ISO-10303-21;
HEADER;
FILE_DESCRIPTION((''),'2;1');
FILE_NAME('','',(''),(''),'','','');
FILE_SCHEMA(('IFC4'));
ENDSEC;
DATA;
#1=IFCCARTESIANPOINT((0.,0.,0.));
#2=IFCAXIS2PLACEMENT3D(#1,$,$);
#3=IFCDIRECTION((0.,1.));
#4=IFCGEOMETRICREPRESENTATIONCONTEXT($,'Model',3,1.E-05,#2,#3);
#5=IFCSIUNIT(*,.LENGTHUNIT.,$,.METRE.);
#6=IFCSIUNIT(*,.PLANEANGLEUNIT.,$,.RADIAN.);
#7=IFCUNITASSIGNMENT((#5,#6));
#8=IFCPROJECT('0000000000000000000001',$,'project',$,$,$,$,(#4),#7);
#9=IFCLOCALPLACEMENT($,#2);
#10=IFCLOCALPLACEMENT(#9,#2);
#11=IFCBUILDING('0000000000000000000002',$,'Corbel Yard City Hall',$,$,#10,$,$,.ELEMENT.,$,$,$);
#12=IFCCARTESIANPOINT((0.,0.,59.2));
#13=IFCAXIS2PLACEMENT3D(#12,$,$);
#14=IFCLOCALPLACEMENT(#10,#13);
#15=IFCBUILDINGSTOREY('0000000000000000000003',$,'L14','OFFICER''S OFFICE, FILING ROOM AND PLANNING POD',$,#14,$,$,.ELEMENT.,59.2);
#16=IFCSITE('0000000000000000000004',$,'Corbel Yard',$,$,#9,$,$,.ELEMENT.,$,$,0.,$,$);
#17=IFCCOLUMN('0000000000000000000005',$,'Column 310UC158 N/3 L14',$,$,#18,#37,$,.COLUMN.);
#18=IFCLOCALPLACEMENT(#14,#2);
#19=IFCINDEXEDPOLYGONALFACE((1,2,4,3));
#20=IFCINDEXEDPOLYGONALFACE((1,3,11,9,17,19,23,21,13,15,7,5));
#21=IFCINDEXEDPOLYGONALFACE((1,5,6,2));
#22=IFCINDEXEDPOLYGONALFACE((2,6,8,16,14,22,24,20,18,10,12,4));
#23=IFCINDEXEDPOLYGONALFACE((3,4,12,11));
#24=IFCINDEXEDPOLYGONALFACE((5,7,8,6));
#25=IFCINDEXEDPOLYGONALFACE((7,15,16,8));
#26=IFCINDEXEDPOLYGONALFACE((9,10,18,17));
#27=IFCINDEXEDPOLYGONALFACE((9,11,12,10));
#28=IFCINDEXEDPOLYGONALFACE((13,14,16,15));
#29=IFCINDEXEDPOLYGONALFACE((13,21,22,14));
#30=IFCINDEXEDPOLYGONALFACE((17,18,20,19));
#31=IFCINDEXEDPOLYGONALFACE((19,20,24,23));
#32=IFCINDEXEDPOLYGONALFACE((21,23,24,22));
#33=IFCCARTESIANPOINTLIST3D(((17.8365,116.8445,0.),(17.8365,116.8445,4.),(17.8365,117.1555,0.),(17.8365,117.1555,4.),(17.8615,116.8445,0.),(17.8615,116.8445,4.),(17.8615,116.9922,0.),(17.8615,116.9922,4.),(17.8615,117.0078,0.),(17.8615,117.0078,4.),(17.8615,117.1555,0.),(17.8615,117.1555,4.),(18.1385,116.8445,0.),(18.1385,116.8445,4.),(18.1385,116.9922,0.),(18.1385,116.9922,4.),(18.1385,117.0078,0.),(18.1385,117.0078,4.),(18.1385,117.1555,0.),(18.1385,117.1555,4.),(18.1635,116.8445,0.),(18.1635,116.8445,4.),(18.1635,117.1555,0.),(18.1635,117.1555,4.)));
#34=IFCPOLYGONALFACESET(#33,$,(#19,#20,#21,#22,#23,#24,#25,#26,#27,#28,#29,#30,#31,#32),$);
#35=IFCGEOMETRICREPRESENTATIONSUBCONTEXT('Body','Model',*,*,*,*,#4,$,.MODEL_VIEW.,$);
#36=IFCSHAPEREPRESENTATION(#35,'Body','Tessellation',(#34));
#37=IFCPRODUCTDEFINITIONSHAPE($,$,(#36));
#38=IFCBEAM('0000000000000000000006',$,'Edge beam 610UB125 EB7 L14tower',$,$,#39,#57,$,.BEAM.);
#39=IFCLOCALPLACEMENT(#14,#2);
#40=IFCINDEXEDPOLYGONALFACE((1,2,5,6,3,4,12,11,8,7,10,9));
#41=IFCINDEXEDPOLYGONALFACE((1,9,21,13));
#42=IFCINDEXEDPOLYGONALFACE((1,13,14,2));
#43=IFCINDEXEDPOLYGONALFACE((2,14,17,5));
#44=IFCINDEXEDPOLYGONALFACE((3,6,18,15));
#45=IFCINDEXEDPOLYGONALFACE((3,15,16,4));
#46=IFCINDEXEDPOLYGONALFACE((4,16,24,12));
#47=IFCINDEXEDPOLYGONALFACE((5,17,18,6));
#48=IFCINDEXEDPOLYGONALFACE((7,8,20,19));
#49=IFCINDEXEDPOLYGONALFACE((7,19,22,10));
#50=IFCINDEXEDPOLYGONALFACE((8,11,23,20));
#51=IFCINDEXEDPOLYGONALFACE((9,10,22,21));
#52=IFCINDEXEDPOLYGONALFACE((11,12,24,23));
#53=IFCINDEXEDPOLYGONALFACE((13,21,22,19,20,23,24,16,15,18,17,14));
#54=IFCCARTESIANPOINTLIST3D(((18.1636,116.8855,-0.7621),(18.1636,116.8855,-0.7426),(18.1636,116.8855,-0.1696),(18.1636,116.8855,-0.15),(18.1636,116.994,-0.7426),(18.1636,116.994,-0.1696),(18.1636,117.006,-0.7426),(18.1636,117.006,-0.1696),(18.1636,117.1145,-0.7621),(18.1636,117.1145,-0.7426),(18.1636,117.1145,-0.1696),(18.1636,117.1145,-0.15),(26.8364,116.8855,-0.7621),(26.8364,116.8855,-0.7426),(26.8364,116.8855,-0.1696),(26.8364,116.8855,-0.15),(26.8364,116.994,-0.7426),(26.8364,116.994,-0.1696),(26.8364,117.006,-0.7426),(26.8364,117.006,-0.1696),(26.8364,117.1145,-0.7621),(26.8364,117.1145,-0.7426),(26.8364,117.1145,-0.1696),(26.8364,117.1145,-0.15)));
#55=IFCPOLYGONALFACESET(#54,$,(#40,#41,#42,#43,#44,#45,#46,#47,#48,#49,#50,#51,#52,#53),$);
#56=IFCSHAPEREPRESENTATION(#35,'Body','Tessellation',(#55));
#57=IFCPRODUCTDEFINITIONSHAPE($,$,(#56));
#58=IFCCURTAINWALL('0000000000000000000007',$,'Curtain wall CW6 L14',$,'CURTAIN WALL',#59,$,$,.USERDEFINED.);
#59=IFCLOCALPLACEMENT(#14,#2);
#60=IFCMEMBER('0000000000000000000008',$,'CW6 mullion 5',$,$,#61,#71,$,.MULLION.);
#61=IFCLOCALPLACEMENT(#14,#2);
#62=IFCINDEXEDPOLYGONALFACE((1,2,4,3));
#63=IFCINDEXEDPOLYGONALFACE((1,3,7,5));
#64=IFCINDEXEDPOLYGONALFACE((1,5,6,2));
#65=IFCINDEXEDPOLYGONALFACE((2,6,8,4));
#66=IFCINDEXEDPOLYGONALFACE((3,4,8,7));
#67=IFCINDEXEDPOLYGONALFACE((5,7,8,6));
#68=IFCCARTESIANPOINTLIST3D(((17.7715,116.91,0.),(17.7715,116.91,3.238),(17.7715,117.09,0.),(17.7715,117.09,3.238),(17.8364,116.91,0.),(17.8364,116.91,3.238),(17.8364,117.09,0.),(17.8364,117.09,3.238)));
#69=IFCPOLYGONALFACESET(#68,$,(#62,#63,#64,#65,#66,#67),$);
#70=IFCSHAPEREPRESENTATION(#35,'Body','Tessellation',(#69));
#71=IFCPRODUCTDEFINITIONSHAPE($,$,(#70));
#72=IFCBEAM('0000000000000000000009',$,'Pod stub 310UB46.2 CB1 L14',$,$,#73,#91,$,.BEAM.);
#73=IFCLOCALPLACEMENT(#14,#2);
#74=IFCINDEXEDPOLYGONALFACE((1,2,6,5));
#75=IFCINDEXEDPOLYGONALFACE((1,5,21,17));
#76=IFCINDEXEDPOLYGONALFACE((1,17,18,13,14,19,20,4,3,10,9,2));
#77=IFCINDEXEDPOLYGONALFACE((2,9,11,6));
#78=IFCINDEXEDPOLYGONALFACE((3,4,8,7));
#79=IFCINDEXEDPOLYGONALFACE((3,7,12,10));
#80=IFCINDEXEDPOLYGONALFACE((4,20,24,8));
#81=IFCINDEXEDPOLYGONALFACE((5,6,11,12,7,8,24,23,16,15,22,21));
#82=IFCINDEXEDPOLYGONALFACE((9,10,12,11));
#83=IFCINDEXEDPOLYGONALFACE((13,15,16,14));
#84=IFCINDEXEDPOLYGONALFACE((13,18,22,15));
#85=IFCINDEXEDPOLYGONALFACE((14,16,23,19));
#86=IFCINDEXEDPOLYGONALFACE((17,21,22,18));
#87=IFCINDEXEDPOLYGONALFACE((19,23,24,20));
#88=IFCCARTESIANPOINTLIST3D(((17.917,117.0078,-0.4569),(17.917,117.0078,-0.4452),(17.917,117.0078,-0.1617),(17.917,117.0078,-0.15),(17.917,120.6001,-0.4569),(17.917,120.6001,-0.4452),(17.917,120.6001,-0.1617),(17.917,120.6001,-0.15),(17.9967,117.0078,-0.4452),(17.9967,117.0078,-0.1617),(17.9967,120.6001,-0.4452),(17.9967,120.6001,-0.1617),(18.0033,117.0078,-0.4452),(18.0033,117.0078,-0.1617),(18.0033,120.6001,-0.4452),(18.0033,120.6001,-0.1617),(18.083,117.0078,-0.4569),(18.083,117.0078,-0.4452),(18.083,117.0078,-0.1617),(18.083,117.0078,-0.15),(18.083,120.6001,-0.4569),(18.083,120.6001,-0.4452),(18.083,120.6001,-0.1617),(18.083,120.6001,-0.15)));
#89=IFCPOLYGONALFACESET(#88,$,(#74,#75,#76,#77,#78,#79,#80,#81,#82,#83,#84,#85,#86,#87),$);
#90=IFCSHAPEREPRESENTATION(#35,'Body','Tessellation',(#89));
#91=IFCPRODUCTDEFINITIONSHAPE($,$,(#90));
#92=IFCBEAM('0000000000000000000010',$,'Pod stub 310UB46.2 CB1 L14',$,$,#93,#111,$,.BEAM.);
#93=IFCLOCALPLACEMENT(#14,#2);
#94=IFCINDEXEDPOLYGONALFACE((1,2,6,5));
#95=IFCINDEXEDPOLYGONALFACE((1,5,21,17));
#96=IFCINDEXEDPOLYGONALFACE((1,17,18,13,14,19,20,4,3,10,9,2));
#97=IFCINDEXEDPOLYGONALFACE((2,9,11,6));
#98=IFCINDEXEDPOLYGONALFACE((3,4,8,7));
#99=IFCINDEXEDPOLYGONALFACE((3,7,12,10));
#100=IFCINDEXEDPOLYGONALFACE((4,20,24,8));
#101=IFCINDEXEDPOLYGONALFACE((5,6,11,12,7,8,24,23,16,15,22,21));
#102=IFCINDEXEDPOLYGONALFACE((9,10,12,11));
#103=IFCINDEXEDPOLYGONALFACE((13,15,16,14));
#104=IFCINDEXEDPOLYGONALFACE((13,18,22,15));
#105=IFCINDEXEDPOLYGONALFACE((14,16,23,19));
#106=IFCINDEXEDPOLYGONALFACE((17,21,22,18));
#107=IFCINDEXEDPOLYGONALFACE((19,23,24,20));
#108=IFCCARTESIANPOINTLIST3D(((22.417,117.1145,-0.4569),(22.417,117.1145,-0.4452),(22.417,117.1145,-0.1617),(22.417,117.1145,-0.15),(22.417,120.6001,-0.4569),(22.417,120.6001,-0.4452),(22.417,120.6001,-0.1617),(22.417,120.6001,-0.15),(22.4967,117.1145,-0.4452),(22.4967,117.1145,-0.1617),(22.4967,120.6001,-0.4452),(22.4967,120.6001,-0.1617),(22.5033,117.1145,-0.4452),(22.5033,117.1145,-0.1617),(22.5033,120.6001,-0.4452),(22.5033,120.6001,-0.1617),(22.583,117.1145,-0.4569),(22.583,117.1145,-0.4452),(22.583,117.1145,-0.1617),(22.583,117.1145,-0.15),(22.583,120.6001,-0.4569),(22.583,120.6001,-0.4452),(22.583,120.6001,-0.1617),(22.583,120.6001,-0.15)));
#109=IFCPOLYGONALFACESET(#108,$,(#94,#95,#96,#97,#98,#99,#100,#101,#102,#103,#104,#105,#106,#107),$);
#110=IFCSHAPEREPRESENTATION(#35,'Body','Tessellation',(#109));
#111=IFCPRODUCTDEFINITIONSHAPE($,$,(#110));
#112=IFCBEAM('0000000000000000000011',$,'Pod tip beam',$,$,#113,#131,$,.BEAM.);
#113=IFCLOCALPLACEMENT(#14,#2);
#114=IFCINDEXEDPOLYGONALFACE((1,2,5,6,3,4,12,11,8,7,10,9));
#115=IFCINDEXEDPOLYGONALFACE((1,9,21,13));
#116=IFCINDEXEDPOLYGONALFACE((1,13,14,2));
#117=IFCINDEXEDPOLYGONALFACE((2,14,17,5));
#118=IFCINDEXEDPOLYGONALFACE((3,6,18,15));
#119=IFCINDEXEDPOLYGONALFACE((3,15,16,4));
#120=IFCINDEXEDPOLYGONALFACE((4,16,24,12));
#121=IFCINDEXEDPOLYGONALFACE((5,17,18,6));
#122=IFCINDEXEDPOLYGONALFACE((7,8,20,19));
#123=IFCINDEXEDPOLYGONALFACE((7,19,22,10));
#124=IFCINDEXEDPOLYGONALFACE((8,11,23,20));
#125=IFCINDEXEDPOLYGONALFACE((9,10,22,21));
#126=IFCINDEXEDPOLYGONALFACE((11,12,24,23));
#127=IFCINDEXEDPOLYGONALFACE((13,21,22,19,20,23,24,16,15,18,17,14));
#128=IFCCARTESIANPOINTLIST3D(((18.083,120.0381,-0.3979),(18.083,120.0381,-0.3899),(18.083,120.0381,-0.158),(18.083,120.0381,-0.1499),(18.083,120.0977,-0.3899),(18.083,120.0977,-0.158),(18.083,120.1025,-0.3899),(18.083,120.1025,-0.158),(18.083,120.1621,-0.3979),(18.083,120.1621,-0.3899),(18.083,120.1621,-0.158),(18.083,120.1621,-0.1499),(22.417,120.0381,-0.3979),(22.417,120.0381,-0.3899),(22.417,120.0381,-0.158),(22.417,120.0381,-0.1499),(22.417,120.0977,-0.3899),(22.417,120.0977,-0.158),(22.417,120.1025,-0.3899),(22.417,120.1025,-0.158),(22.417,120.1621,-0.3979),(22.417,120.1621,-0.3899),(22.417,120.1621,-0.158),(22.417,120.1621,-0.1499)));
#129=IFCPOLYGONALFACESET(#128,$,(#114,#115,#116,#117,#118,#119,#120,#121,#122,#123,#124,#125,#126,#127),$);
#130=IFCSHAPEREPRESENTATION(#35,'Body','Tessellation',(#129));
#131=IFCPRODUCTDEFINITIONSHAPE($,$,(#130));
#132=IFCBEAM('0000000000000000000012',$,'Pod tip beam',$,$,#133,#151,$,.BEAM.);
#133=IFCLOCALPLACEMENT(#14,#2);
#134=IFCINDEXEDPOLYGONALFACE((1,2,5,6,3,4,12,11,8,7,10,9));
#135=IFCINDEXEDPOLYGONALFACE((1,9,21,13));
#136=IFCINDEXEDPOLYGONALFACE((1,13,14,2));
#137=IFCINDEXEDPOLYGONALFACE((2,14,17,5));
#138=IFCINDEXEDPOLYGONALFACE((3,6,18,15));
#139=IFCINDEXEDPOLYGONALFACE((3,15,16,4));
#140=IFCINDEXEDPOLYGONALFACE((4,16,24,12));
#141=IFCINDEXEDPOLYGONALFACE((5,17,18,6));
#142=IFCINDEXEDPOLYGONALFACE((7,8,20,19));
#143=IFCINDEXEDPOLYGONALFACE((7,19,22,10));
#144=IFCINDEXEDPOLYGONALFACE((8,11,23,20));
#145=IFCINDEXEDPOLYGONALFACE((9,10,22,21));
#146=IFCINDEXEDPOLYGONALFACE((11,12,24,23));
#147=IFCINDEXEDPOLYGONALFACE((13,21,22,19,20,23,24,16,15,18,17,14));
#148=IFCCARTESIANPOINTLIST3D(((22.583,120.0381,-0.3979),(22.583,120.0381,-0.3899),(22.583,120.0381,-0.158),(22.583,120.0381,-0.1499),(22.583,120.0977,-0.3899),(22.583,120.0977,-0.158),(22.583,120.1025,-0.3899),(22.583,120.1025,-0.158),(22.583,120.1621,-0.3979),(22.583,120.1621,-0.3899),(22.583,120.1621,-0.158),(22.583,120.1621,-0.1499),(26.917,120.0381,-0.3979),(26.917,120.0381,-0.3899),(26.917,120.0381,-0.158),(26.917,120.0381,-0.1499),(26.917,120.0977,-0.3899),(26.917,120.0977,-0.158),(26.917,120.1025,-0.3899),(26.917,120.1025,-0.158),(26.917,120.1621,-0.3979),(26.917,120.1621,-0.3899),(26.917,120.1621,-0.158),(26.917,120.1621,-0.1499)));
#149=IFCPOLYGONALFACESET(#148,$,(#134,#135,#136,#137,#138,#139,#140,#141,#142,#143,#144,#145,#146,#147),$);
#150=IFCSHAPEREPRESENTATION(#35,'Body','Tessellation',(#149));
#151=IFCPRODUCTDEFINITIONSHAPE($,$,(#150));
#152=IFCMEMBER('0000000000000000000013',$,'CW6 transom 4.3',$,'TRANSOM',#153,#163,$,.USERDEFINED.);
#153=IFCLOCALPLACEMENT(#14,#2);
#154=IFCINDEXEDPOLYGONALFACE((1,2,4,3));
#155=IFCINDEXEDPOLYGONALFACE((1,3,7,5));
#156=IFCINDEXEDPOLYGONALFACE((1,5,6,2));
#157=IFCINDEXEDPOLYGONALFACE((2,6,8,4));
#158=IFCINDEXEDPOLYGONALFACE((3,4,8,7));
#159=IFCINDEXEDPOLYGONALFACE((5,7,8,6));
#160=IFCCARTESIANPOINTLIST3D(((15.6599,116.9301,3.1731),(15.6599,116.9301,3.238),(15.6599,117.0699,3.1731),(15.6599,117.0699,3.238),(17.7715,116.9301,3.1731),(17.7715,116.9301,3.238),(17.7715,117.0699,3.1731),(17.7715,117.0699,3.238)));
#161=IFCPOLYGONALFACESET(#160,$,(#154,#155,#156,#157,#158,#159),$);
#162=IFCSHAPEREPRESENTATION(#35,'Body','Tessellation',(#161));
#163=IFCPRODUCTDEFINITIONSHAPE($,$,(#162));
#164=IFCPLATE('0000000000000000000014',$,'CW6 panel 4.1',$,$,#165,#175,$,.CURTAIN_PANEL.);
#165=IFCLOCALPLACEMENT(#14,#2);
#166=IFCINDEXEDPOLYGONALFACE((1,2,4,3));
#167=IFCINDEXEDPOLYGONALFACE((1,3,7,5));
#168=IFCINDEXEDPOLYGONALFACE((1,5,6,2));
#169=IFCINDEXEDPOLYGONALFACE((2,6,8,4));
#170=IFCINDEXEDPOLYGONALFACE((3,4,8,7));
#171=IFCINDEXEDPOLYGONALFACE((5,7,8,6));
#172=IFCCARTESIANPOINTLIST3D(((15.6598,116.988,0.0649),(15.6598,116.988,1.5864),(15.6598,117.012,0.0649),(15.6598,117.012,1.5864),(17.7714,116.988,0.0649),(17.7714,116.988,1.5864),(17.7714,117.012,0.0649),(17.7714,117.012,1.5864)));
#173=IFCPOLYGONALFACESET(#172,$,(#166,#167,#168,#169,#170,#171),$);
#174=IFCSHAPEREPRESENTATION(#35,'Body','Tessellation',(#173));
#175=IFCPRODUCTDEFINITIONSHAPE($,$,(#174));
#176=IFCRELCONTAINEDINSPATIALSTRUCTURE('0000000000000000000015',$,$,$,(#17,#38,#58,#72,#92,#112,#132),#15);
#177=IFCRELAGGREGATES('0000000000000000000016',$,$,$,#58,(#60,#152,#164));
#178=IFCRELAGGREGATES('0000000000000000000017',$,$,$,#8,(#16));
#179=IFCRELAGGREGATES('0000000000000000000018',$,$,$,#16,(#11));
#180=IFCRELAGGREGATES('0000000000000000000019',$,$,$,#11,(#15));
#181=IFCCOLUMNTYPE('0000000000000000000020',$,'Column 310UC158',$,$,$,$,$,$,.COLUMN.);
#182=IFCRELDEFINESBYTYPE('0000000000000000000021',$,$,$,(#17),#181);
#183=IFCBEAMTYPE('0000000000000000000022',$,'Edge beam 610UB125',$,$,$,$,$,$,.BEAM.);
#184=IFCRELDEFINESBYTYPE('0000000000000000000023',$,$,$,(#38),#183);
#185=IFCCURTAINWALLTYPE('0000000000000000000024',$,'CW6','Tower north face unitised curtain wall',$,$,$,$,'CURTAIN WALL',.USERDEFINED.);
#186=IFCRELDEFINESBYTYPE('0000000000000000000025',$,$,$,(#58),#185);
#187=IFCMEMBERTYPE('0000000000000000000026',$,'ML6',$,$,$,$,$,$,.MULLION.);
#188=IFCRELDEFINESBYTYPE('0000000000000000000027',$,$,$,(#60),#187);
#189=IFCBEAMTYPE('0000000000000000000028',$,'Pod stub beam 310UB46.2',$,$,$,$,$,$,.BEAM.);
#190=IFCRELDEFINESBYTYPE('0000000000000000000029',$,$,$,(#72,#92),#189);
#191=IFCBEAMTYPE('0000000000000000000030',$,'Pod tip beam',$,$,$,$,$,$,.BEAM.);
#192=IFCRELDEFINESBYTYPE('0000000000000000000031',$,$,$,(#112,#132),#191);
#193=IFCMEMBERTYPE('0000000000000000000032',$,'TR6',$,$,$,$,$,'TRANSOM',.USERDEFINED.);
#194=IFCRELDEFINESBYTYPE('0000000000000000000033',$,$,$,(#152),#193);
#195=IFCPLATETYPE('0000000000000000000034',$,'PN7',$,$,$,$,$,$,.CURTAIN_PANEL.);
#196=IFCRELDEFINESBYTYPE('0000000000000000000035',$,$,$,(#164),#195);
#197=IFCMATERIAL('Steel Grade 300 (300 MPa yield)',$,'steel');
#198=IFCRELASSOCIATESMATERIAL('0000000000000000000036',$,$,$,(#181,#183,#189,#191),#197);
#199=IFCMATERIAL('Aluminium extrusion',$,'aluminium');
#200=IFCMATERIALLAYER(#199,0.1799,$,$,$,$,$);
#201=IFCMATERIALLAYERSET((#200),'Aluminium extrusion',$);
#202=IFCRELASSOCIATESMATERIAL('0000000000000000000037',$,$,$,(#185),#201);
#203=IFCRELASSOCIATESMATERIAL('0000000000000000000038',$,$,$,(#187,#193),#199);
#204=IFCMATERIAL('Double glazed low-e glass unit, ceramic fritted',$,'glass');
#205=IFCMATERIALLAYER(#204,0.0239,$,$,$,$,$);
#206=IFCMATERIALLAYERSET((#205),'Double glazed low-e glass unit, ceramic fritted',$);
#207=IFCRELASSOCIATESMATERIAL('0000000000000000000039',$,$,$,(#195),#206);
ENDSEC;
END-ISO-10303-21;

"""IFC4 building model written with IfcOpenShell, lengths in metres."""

from ifc_helpers import new_model, si_unit, direction, frame, origin, origin_2d, place, context, subcontext, project, spatial, rectangle, i_section, extrude, material, layer, layer_set, material_profile, profile_set, type_object, element, aggregate, save


model = new_model("IFC4")

# Units and contexts
model_context = context("Model", 3, precision=1e-05, world=origin(), true_north=direction((0.0, 1.0)))
body_context = subcontext(model_context, "Body", "Model", "MODEL_VIEW")
ifc_project = project(units=[si_unit("LENGTHUNIT", "METRE"), si_unit("PLANEANGLEUNIT", "RADIAN")], contexts=[model_context])

# Site, building, storey
site_placement = place(None, origin())
site = spatial("IfcSite", under=ifc_project, at=site_placement, Name="Corbel Yard", CompositionType="ELEMENT", RefElevation=0.0)
building_placement = place(site_placement, origin())
building = spatial("IfcBuilding", under=site, at=building_placement, Name="Corbel Yard City Hall", CompositionType="ELEMENT")
storey_placement = place(building_placement, frame((0.0, 0.0, 59.2)))
storey = spatial("IfcBuildingStorey", under=building, at=storey_placement, Name="L14", Description="OFFICER'S OFFICE, FILING ROOM AND PLANNING POD", CompositionType="ELEMENT", Elevation=59.2)

# Column
ifc_material_1 = material(Name="Steel Grade 300 (300 MPa yield)", Category="steel")
ifc_material_profile_1 = material_profile(ifc_material_1, i_section(OverallWidth=0.311, OverallDepth=0.3269, WebThickness=0.0156, FlangeThickness=0.0249, at=origin_2d()), Name="310UC158")
ifc_profile_set_1 = profile_set([ifc_material_profile_1], Name="Steel Grade 300 (300 MPa yield)")
column_type = type_object("IfcColumnType", Name="Column 310UC158", PredefinedType="COLUMN", material=ifc_profile_set_1)
column_placement = place(storey_placement, frame((18.0, 117.0, 0.0), z_axis=(0.0, 0.0, 1.0), x_axis=(0.0, 1.0, 0.0)))
element("IfcColumn", 1, at=column_placement, inside=storey, type_object=column_type, Name="Column 310UC158 N/3 L14", PredefinedType="COLUMN", context=body_context, shape_type="SweptSolid", body=[
    extrude(i_section(OverallWidth=0.311, OverallDepth=0.3269, WebThickness=0.0156, FlangeThickness=0.0249, at=origin_2d()), origin(), (0.0, 0.0, 1.0), 4.0),
])

# Beam
ifc_material_profile_2 = material_profile(ifc_material_1, i_section(OverallWidth=0.229, OverallDepth=0.6121, WebThickness=0.012, FlangeThickness=0.0195, at=origin_2d()), Name="610UB125")
ifc_profile_set_2 = profile_set([ifc_material_profile_2], Name="Steel Grade 300 (300 MPa yield)")
beam_type_1 = type_object("IfcBeamType", Name="Edge beam 610UB125", PredefinedType="BEAM", material=ifc_profile_set_2)
beam_1_placement = place(storey_placement, frame((18.1636, 117.0, -0.4561), z_axis=(1.0, 0.0, 0.0), x_axis=(0.0, 1.0, 0.0)))
element("IfcBeam", 2, at=beam_1_placement, inside=storey, type_object=beam_type_1, Name="Edge beam 610UB125 EB7 L14tower", PredefinedType="BEAM", context=body_context, shape_type="SweptSolid", body=[
    extrude(i_section(OverallWidth=0.229, OverallDepth=0.6121, WebThickness=0.012, FlangeThickness=0.0195, at=origin_2d()), origin(), (0.0, 0.0, 1.0), 8.6729),
])

# Curtain wall, member
ifc_material_2 = material(Name="Aluminium extrusion", Category="aluminium")
ifc_layer_1 = layer(ifc_material_2, 0.1799)
ifc_layer_set_1 = layer_set([ifc_layer_1], Name="Aluminium extrusion")
curtain_wall_type = type_object("IfcCurtainWallType", Name="CW6", Description="Tower north face unitised curtain wall", ElementType="CURTAIN WALL", PredefinedType="USERDEFINED", material=ifc_layer_set_1)
curtain_wall_placement = place(storey_placement, origin())
curtain_wall = element("IfcCurtainWall", 3, at=curtain_wall_placement, inside=storey, type_object=curtain_wall_type, Name="Curtain wall CW6 L14", ObjectType="CURTAIN WALL", PredefinedType="USERDEFINED")
ifc_material_profile_3 = material_profile(ifc_material_2, rectangle(XDim=0.1799, YDim=0.0649, at=origin_2d()), Name="180x65")
ifc_profile_set_3 = profile_set([ifc_material_profile_3], Name="Aluminium extrusion")
member_type_1 = type_object("IfcMemberType", Name="ML6", PredefinedType="MULLION", material=ifc_profile_set_3)
member_1_placement = place(storey_placement, frame((17.804, 117.0, 0.0), z_axis=(0.0, 0.0, 1.0), x_axis=(0.0, 1.0, 0.0)))
member_1 = element("IfcMember", 4, at=member_1_placement, type_object=member_type_1, Name="CW6 mullion 5", PredefinedType="MULLION", context=body_context, shape_type="SweptSolid", body=[
    extrude(rectangle(XDim=0.1799, YDim=0.0649, at=origin_2d()), origin(), (0.0, 0.0, 1.0), 3.238),
])

# Beams
ifc_material_profile_4 = material_profile(ifc_material_1, i_section(OverallWidth=0.166, OverallDepth=0.3069, WebThickness=0.0066, FlangeThickness=0.0117, at=origin_2d()), Name="310UB46.2")
ifc_profile_set_4 = profile_set([ifc_material_profile_4], Name="Steel Grade 300 (300 MPa yield)")
beam_type_2 = type_object("IfcBeamType", Name="Pod stub beam 310UB46.2", PredefinedType="BEAM", material=ifc_profile_set_4)
beam_2_placement = place(storey_placement, frame((18.0, 117.0078, -0.3035), z_axis=(0.0, 1.0, 0.0), x_axis=(-1.0, 0.0, 0.0)))
element("IfcBeam", 5, at=beam_2_placement, inside=storey, type_object=beam_type_2, Name="Pod stub 310UB46.2 CB1 L14", PredefinedType="BEAM", context=body_context, shape_type="SweptSolid", body=[
    extrude(i_section(OverallWidth=0.166, OverallDepth=0.3069, WebThickness=0.0066, FlangeThickness=0.0117, at=origin_2d()), origin(), (0.0, 0.0, 1.0), 3.5923),
])
beam_3_placement = place(storey_placement, frame((22.5, 117.1145, -0.3035), z_axis=(0.0, 1.0, 0.0), x_axis=(-1.0, 0.0, 0.0)))
element("IfcBeam", 6, at=beam_3_placement, inside=storey, type_object=beam_type_2, Name="Pod stub 310UB46.2 CB1 L14", PredefinedType="BEAM", context=body_context, shape_type="SweptSolid", body=[
    extrude(i_section(OverallWidth=0.166, OverallDepth=0.3069, WebThickness=0.0066, FlangeThickness=0.0117, at=origin_2d()), origin(), (0.0, 0.0, 1.0), 3.4856),
])
ifc_material_profile_5 = material_profile(ifc_material_1, i_section(OverallWidth=0.124, OverallDepth=0.248, WebThickness=0.0049, FlangeThickness=0.0081, at=origin_2d()), Name="250UB25.7")
ifc_profile_set_5 = profile_set([ifc_material_profile_5], Name="Steel Grade 300 (300 MPa yield)")
beam_type_3 = type_object("IfcBeamType", Name="Pod tip beam", PredefinedType="BEAM", material=ifc_profile_set_5)
for number, where, z_axis, x_axis, name in (
    (7, (18.083, 120.1001, -0.2739), (1.0, 0.0, 0.0), (0.0, 1.0, 0.0), "Pod tip beam"),
    (8, (22.583, 120.1001, -0.2739), (1.0, 0.0, 0.0), (0.0, 1.0, 0.0), "Pod tip beam"),
):
    element("IfcBeam", number, at=place(storey_placement, frame(where, z_axis=z_axis, x_axis=x_axis)), inside=storey, type_object=beam_type_3, Name=name, PredefinedType="BEAM", context=body_context, shape_type="SweptSolid", body=[
        extrude(i_section(OverallWidth=0.124, OverallDepth=0.248, WebThickness=0.0049, FlangeThickness=0.0081, at=origin_2d()), origin(), (0.0, 0.0, 1.0), 4.334),
    ])

# Member
ifc_material_profile_6 = material_profile(ifc_material_2, rectangle(XDim=0.1399, YDim=0.0649, at=origin_2d()), Name="140x65")
ifc_profile_set_6 = profile_set([ifc_material_profile_6], Name="Aluminium extrusion")
member_type_2 = type_object("IfcMemberType", Name="TR6", ElementType="TRANSOM", PredefinedType="USERDEFINED", material=ifc_profile_set_6)
member_2_placement = place(storey_placement, frame((15.6599, 117.0, 3.2056), z_axis=(1.0, 0.0, 0.0), x_axis=(0.0, 1.0, 0.0)))
member_2 = element("IfcMember", 9, at=member_2_placement, type_object=member_type_2, Name="CW6 transom 4.3", ObjectType="TRANSOM", PredefinedType="USERDEFINED", context=body_context, shape_type="SweptSolid", body=[
    extrude(rectangle(XDim=0.1399, YDim=0.0649, at=origin_2d()), origin(), (0.0, 0.0, 1.0), 2.1116),
])

# Plate
ifc_material_3 = material(Name="Double glazed low-e glass unit, ceramic fritted", Category="glass")
ifc_layer_2 = layer(ifc_material_3, 0.0239)
ifc_layer_set_2 = layer_set([ifc_layer_2], Name="Double glazed low-e glass unit, ceramic fritted")
plate_type = type_object("IfcPlateType", Name="PN7", PredefinedType="CURTAIN_PANEL", material=ifc_layer_set_2)
plate_1_placement = place(storey_placement, frame((16.7156, 117.0, 0.0649), z_axis=(0.0, 0.0, 1.0), x_axis=(1.0, 0.0, 0.0)))
plate_1 = element("IfcPlate", 10, at=plate_1_placement, type_object=plate_type, Name="CW6 panel 4.1", PredefinedType="CURTAIN_PANEL", context=body_context, shape_type="SweptSolid", body=[
    extrude(rectangle(XDim=2.1116, YDim=0.0239, at=origin_2d()), origin(), (0.0, 0.0, 1.0), 1.5215),
])
aggregate(curtain_wall, [member_1, member_2, plate_1])

save(model, "model.ifc")
